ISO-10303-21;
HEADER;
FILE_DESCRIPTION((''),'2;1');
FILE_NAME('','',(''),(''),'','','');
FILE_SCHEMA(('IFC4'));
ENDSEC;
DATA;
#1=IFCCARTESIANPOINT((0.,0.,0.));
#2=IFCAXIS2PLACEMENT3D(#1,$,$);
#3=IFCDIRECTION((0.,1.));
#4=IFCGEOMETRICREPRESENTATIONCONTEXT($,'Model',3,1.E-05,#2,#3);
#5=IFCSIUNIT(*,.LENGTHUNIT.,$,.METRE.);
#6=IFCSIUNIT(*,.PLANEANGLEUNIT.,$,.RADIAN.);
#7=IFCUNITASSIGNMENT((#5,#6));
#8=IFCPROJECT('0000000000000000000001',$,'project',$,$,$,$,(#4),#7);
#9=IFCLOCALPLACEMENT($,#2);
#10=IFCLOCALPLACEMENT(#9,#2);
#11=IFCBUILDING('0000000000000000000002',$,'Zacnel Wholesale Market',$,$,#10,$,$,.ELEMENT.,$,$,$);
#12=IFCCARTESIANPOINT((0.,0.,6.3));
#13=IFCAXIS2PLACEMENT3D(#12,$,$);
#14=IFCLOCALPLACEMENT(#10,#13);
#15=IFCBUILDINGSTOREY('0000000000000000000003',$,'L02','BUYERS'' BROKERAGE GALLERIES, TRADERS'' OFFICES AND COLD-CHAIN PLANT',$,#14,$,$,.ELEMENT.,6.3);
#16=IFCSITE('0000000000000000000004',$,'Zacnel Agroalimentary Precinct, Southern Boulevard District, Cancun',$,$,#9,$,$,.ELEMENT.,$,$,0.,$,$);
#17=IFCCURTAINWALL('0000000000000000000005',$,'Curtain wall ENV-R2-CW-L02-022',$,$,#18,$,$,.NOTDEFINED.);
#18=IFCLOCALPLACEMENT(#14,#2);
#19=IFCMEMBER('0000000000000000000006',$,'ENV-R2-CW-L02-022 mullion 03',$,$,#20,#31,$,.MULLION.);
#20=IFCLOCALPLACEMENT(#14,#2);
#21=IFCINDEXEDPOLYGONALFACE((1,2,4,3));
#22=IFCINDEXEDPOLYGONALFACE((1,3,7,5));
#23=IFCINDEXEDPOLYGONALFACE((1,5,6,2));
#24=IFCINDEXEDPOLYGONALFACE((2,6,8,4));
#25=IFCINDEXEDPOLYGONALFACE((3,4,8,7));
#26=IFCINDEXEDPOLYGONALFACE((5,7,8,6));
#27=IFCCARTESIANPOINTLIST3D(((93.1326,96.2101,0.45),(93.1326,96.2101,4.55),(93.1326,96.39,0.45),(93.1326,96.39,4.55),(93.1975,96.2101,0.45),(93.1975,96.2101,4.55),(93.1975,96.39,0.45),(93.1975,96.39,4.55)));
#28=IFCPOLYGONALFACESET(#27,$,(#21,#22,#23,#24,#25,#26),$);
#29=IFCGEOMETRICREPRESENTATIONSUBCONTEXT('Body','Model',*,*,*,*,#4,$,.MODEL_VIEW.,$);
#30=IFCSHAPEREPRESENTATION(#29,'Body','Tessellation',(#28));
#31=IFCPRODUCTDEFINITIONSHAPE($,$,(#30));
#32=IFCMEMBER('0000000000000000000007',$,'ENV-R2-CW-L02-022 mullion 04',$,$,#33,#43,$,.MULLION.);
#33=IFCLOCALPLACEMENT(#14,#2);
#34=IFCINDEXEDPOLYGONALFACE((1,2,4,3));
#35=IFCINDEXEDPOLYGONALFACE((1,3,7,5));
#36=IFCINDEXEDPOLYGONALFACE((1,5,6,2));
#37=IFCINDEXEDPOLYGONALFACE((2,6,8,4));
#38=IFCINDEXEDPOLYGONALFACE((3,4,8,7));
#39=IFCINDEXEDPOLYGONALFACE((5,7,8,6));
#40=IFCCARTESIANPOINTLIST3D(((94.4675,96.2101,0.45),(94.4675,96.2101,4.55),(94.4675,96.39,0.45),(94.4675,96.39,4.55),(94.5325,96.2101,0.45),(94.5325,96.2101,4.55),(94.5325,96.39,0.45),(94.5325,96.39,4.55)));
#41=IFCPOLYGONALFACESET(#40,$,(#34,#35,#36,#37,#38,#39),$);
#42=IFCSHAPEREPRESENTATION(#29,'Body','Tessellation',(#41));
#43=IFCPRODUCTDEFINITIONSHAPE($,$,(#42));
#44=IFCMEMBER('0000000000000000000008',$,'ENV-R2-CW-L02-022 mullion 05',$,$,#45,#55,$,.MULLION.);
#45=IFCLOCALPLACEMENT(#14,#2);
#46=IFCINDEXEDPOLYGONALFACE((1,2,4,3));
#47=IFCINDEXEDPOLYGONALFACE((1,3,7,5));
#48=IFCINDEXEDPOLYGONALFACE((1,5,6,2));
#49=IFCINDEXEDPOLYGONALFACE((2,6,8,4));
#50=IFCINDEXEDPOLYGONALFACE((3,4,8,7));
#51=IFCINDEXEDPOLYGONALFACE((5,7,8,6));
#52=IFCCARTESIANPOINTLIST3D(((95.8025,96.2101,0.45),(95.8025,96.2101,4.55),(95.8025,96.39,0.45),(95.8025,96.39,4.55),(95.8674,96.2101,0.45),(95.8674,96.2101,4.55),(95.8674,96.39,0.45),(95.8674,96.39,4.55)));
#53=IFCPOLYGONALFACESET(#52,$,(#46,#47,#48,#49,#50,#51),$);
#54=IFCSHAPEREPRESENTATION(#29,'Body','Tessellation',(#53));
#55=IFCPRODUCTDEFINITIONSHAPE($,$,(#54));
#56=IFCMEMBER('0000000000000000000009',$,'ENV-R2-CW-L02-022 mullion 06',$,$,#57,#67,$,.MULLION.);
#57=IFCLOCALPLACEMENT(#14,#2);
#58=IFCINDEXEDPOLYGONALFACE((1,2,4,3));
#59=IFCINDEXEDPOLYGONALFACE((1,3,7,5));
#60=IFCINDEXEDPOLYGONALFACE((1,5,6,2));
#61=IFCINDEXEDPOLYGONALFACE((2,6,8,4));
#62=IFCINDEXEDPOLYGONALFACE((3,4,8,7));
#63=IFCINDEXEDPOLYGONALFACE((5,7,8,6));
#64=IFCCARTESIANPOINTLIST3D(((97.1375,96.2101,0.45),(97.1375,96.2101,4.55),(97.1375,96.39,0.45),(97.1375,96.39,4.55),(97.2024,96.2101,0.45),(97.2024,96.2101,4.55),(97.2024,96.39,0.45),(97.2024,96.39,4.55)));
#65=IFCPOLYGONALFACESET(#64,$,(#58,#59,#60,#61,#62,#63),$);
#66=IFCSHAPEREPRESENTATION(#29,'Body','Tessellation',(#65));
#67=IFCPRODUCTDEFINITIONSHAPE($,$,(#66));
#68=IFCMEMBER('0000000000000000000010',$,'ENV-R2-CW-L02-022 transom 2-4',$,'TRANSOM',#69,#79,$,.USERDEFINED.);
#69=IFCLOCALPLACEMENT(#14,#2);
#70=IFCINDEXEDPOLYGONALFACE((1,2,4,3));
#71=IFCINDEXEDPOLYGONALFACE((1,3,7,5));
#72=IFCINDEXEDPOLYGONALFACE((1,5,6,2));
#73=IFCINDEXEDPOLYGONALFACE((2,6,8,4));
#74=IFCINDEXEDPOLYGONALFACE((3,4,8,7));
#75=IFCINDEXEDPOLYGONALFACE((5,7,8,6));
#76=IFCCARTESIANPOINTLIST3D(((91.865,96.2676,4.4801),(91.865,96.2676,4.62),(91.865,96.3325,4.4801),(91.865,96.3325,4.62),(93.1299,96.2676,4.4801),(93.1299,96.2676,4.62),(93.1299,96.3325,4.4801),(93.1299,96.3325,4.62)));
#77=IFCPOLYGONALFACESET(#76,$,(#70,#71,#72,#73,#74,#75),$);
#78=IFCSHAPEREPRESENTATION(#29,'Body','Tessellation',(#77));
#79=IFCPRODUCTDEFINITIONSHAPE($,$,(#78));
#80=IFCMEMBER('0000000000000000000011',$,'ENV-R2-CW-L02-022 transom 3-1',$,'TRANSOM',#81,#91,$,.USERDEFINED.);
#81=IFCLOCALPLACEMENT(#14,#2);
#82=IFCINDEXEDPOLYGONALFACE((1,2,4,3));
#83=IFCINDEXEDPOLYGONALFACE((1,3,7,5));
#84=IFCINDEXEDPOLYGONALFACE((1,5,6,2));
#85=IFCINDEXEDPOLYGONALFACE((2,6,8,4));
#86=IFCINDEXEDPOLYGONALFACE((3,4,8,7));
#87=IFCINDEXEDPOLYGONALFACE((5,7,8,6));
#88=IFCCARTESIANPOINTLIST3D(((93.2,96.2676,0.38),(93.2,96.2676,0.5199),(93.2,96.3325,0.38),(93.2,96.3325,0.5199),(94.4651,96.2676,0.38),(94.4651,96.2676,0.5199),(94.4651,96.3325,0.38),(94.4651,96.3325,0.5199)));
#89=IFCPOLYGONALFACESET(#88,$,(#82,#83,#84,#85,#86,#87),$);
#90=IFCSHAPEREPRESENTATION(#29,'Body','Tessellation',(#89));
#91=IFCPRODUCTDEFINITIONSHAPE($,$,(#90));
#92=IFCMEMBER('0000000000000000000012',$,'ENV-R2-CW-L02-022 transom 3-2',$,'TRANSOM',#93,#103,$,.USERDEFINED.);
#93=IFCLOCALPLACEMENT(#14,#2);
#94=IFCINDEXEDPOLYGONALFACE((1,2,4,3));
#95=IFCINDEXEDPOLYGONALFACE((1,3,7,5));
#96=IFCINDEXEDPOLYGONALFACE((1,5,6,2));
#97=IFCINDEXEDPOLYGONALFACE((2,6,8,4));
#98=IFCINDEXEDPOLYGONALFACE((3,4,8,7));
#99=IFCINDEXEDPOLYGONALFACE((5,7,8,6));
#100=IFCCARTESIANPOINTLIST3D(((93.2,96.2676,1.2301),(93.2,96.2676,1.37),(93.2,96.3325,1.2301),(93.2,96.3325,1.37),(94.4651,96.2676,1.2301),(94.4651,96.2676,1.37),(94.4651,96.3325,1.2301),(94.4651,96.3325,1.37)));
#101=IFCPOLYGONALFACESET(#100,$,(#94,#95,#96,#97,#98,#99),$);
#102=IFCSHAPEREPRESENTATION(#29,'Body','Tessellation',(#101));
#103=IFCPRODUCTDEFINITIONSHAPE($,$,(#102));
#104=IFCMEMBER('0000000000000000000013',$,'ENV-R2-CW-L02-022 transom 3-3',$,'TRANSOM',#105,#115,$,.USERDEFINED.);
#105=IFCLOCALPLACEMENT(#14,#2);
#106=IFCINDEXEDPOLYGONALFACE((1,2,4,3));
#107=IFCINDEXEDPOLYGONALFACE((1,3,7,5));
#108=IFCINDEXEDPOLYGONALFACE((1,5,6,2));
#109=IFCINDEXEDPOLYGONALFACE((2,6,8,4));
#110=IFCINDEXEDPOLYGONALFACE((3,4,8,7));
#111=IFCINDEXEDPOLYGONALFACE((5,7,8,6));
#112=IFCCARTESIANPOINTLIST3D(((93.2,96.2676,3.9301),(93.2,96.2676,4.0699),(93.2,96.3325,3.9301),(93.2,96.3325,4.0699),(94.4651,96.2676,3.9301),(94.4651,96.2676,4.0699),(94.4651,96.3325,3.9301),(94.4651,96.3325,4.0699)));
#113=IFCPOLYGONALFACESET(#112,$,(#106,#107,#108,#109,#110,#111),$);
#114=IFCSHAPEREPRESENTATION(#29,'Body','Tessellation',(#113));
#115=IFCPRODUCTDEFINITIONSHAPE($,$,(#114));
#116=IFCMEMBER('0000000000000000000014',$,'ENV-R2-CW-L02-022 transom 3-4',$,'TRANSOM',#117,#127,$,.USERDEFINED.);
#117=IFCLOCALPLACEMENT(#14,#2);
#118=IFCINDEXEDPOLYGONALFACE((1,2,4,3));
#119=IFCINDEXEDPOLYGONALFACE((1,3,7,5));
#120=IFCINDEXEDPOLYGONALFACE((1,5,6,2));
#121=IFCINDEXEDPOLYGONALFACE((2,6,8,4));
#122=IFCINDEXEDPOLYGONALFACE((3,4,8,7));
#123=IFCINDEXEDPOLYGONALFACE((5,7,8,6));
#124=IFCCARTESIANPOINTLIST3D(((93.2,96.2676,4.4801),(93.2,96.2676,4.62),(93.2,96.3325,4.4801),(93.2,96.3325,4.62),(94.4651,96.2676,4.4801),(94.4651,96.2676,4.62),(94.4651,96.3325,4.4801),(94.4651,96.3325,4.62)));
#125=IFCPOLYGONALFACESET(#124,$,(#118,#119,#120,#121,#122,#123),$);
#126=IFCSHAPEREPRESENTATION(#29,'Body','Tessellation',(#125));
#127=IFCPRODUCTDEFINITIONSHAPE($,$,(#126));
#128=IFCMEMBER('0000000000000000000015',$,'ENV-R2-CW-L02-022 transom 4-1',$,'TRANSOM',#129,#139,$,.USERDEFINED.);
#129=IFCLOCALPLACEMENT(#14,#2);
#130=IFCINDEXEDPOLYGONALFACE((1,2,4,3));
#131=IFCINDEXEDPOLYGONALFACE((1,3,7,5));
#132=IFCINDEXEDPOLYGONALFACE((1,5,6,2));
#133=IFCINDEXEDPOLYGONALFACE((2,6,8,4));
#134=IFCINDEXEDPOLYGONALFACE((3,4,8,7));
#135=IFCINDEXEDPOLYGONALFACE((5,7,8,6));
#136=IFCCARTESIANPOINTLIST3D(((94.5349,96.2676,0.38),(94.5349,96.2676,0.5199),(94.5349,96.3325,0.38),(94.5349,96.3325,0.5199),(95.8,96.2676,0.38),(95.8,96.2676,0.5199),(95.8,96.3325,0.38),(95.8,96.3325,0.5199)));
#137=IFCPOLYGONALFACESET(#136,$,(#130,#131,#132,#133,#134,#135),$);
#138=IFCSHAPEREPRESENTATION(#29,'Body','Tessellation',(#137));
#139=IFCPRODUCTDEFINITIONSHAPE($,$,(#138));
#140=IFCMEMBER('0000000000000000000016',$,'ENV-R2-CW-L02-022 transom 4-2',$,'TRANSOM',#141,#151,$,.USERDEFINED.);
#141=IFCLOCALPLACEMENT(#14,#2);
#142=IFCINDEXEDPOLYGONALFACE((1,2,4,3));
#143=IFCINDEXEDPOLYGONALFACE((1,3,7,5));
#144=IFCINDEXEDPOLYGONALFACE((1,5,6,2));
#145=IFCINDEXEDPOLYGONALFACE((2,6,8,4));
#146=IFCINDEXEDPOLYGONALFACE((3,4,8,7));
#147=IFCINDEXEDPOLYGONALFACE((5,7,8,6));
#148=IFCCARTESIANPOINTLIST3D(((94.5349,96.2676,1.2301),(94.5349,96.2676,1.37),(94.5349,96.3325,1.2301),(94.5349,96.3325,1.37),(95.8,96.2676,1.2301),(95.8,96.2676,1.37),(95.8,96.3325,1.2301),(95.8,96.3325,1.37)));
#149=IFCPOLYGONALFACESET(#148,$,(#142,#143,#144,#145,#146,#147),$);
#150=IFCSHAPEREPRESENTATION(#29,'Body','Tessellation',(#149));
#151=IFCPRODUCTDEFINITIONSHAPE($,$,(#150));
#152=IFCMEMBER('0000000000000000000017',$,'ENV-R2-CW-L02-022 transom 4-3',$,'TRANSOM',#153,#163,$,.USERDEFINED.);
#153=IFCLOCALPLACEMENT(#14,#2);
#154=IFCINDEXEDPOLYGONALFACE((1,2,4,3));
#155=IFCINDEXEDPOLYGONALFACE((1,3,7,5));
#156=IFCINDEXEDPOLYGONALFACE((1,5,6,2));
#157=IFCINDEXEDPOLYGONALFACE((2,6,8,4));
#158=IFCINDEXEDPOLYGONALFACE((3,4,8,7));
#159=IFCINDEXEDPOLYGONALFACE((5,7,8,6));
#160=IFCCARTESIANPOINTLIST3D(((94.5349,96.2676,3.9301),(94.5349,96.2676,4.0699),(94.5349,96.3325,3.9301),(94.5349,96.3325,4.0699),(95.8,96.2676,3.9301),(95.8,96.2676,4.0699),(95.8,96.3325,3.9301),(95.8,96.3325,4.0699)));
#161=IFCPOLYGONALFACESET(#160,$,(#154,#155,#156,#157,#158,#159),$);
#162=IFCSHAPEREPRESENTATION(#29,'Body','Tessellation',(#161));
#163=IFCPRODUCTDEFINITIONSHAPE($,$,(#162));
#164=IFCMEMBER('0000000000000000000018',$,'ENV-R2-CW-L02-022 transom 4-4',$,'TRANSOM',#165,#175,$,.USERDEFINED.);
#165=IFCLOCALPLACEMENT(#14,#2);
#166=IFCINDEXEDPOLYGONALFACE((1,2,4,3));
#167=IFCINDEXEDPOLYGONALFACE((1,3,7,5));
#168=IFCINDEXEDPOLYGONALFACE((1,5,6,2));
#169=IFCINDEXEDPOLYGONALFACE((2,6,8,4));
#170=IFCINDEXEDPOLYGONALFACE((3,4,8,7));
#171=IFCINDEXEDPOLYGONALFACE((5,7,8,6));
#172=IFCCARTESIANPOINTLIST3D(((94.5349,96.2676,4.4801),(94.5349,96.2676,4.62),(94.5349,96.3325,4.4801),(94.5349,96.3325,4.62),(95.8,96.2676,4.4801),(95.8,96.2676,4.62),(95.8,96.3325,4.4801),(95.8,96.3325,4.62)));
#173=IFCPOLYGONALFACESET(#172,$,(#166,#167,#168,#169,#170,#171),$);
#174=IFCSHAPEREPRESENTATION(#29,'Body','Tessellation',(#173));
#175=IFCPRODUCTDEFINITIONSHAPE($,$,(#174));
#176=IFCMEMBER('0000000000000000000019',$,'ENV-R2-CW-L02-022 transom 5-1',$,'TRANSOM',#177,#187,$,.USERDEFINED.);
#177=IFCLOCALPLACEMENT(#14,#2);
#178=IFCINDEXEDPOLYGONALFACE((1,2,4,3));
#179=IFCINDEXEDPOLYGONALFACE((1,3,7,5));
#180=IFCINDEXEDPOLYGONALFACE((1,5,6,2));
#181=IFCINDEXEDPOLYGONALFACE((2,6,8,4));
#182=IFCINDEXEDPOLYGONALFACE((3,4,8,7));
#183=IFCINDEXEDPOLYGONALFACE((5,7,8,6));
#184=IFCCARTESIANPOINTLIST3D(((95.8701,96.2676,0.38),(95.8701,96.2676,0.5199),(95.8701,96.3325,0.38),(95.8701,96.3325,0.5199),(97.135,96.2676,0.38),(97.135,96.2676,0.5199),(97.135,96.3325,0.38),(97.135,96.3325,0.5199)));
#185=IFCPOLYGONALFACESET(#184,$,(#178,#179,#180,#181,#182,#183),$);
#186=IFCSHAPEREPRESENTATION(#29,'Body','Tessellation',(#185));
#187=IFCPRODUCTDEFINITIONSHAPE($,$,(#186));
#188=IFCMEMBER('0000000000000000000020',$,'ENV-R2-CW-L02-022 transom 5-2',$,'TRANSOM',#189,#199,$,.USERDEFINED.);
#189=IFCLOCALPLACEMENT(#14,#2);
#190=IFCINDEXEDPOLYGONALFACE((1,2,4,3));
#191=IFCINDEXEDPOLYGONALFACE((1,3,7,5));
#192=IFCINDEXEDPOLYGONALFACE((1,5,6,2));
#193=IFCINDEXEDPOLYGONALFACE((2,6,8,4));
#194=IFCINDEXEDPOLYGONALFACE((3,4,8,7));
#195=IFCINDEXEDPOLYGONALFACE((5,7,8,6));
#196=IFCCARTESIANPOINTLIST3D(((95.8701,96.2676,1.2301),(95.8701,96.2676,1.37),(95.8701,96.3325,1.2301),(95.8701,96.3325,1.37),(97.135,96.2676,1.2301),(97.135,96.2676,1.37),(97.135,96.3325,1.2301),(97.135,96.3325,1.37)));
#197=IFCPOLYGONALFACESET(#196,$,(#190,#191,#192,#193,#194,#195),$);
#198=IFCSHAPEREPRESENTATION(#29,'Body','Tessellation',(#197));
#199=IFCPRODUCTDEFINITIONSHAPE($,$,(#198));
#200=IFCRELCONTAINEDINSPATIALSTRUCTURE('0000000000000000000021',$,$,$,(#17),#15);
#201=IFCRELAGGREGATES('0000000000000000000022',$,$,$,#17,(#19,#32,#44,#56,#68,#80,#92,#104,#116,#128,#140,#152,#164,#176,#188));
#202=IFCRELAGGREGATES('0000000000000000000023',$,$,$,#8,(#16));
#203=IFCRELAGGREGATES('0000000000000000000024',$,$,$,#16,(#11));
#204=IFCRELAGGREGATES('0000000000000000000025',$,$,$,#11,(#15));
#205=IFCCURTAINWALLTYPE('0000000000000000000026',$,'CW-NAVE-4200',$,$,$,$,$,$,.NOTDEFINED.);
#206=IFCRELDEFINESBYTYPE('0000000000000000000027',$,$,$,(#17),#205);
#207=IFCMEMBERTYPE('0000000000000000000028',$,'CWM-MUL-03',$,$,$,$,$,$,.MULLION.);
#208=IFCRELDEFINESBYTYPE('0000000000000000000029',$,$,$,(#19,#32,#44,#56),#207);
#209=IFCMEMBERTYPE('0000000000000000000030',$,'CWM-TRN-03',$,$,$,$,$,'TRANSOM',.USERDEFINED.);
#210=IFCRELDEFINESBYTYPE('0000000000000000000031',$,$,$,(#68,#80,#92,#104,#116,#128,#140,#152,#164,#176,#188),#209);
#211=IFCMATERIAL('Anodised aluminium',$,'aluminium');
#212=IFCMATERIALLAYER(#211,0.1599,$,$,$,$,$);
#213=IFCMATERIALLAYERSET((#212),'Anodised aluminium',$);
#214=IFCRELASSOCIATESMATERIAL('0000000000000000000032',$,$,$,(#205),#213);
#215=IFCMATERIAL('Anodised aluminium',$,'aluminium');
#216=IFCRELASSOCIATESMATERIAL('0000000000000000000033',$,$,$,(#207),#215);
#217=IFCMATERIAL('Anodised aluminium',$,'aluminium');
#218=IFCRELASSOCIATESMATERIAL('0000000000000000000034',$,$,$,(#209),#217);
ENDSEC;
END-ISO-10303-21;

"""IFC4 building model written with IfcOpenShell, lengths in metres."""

from ifc_helpers import new_model, si_unit, direction, frame, origin, origin_2d, place, context, subcontext, project, spatial, rectangle, extrude, material, layer, layer_set, material_profile, profile_set, type_object, element, aggregate, save


model = new_model("IFC4")

# Units and contexts
model_context = context("Model", 3, precision=1e-05, world=origin(), true_north=direction((0.0, 1.0)))
body_context = subcontext(model_context, "Body", "Model", "MODEL_VIEW")
ifc_project = project(units=[si_unit("LENGTHUNIT", "METRE"), si_unit("PLANEANGLEUNIT", "RADIAN")], contexts=[model_context])

# Site, building, storey
site_placement = place(None, origin())
site = spatial("IfcSite", under=ifc_project, at=site_placement, Name="Zacnel Agroalimentary Precinct, Southern Boulevard District, Cancun", CompositionType="ELEMENT", RefElevation=0.0)
building_placement = place(site_placement, origin())
building = spatial("IfcBuilding", under=site, at=building_placement, Name="Zacnel Wholesale Market", CompositionType="ELEMENT")
storey_placement = place(building_placement, frame((0.0, 0.0, 6.3)))
storey = spatial("IfcBuildingStorey", under=building, at=storey_placement, Name="L02", Description="BUYERS' BROKERAGE GALLERIES, TRADERS' OFFICES AND COLD-CHAIN PLANT", CompositionType="ELEMENT", Elevation=6.3)

# Curtain wall, members
ifc_material_1 = material(Name="Anodised aluminium", Category="aluminium")
ifc_layer_1 = layer(ifc_material_1, 0.1599)
ifc_layer_set_1 = layer_set([ifc_layer_1], Name="Anodised aluminium")
curtain_wall_type = type_object("IfcCurtainWallType", Name="CW-NAVE-4200", PredefinedType="NOTDEFINED", material=ifc_layer_set_1)
curtain_wall_placement = place(storey_placement, origin())
curtain_wall = element("IfcCurtainWall", 1, at=curtain_wall_placement, inside=storey, type_object=curtain_wall_type, Name="Curtain wall ENV-R2-CW-L02-022", PredefinedType="NOTDEFINED")
ifc_material_2 = material(Name="Anodised aluminium", Category="aluminium")
ifc_material_profile_1 = material_profile(ifc_material_2, rectangle(XDim=0.0649, YDim=0.1799, at=origin_2d()), Name="AW-MULLION 65x180")
ifc_profile_set_1 = profile_set([ifc_material_profile_1], Name="Anodised aluminium")
member_type_1 = type_object("IfcMemberType", Name="CWM-MUL-03", PredefinedType="MULLION", material=ifc_profile_set_1)
member_1_placement = place(storey_placement, frame((93.165, 96.3, 0.45), z_axis=(0.0, 0.0, 1.0), x_axis=(1.0, 0.0, 0.0)))
member_1 = element("IfcMember", 2, at=member_1_placement, type_object=member_type_1, Name="ENV-R2-CW-L02-022 mullion 03", PredefinedType="MULLION", context=body_context, shape_type="SweptSolid", body=[
    extrude(rectangle(XDim=0.0649, YDim=0.1799, at=origin_2d()), origin(), (0.0, 0.0, 1.0), 4.1001),
])
member_2_placement = place(storey_placement, frame((94.5, 96.3, 0.45), z_axis=(0.0, 0.0, 1.0), x_axis=(1.0, 0.0, 0.0)))
member_2 = element("IfcMember", 3, at=member_2_placement, type_object=member_type_1, Name="ENV-R2-CW-L02-022 mullion 04", PredefinedType="MULLION", context=body_context, shape_type="SweptSolid", body=[
    extrude(rectangle(XDim=0.0649, YDim=0.1799, at=origin_2d()), origin(), (0.0, 0.0, 1.0), 4.1001),
])
member_3_placement = place(storey_placement, frame((95.835, 96.3, 0.45), z_axis=(0.0, 0.0, 1.0), x_axis=(1.0, 0.0, 0.0)))
member_3 = element("IfcMember", 4, at=member_3_placement, type_object=member_type_1, Name="ENV-R2-CW-L02-022 mullion 05", PredefinedType="MULLION", context=body_context, shape_type="SweptSolid", body=[
    extrude(rectangle(XDim=0.0649, YDim=0.1799, at=origin_2d()), origin(), (0.0, 0.0, 1.0), 4.1001),
])
member_4_placement = place(storey_placement, frame((97.1699, 96.3, 0.45), z_axis=(0.0, 0.0, 1.0), x_axis=(1.0, 0.0, 0.0)))
member_4 = element("IfcMember", 5, at=member_4_placement, type_object=member_type_1, Name="ENV-R2-CW-L02-022 mullion 06", PredefinedType="MULLION", context=body_context, shape_type="SweptSolid", body=[
    extrude(rectangle(XDim=0.0649, YDim=0.1799, at=origin_2d()), origin(), (0.0, 0.0, 1.0), 4.1001),
])
ifc_material_3 = material(Name="Anodised aluminium", Category="aluminium")
ifc_material_profile_2 = material_profile(ifc_material_3, rectangle(XDim=0.0649, YDim=0.1399, at=origin_2d()), Name="AW-TRANSOM 65x140")
ifc_profile_set_2 = profile_set([ifc_material_profile_2], Name="Anodised aluminium")
member_type_2 = type_object("IfcMemberType", Name="CWM-TRN-03", ElementType="TRANSOM", PredefinedType="USERDEFINED", material=ifc_profile_set_2)
member_5_placement = place(storey_placement, frame((91.865, 96.3, 4.55), z_axis=(1.0, 0.0, 0.0), x_axis=(0.0, 1.0, 0.0)))
member_5 = element("IfcMember", 6, at=member_5_placement, type_object=member_type_2, Name="ENV-R2-CW-L02-022 transom 2-4", ObjectType="TRANSOM", PredefinedType="USERDEFINED", context=body_context, shape_type="SweptSolid", body=[
    extrude(rectangle(XDim=0.0649, YDim=0.1399, at=origin_2d()), origin(), (0.0, 0.0, 1.0), 1.2649),
])
member_6_placement = place(storey_placement, frame((93.2, 96.3, 0.45), z_axis=(1.0, 0.0, 0.0), x_axis=(0.0, 1.0, 0.0)))
member_6 = element("IfcMember", 7, at=member_6_placement, type_object=member_type_2, Name="ENV-R2-CW-L02-022 transom 3-1", ObjectType="TRANSOM", PredefinedType="USERDEFINED", context=body_context, shape_type="SweptSolid", body=[
    extrude(rectangle(XDim=0.0649, YDim=0.1399, at=origin_2d()), origin(), (0.0, 0.0, 1.0), 1.2651),
])
member_7_placement = place(storey_placement, frame((93.2, 96.3, 1.3), z_axis=(1.0, 0.0, 0.0), x_axis=(0.0, 1.0, 0.0)))
member_7 = element("IfcMember", 8, at=member_7_placement, type_object=member_type_2, Name="ENV-R2-CW-L02-022 transom 3-2", ObjectType="TRANSOM", PredefinedType="USERDEFINED", context=body_context, shape_type="SweptSolid", body=[
    extrude(rectangle(XDim=0.0649, YDim=0.1399, at=origin_2d()), origin(), (0.0, 0.0, 1.0), 1.2651),
])
member_8_placement = place(storey_placement, frame((93.2, 96.3, 4.0), z_axis=(1.0, 0.0, 0.0), x_axis=(0.0, 1.0, 0.0)))
member_8 = element("IfcMember", 9, at=member_8_placement, type_object=member_type_2, Name="ENV-R2-CW-L02-022 transom 3-3", ObjectType="TRANSOM", PredefinedType="USERDEFINED", context=body_context, shape_type="SweptSolid", body=[
    extrude(rectangle(XDim=0.0649, YDim=0.1399, at=origin_2d()), origin(), (0.0, 0.0, 1.0), 1.2651),
])
member_9_placement = place(storey_placement, frame((93.2, 96.3, 4.55), z_axis=(1.0, 0.0, 0.0), x_axis=(0.0, 1.0, 0.0)))
member_9 = element("IfcMember", 10, at=member_9_placement, type_object=member_type_2, Name="ENV-R2-CW-L02-022 transom 3-4", ObjectType="TRANSOM", PredefinedType="USERDEFINED", context=body_context, shape_type="SweptSolid", body=[
    extrude(rectangle(XDim=0.0649, YDim=0.1399, at=origin_2d()), origin(), (0.0, 0.0, 1.0), 1.2651),
])
member_10_placement = place(storey_placement, frame((94.5349, 96.3, 0.45), z_axis=(1.0, 0.0, 0.0), x_axis=(0.0, 1.0, 0.0)))
member_10 = element("IfcMember", 11, at=member_10_placement, type_object=member_type_2, Name="ENV-R2-CW-L02-022 transom 4-1", ObjectType="TRANSOM", PredefinedType="USERDEFINED", context=body_context, shape_type="SweptSolid", body=[
    extrude(rectangle(XDim=0.0649, YDim=0.1399, at=origin_2d()), origin(), (0.0, 0.0, 1.0), 1.2651),
])
member_11_placement = place(storey_placement, frame((94.5349, 96.3, 1.3), z_axis=(1.0, 0.0, 0.0), x_axis=(0.0, 1.0, 0.0)))
member_11 = element("IfcMember", 12, at=member_11_placement, type_object=member_type_2, Name="ENV-R2-CW-L02-022 transom 4-2", ObjectType="TRANSOM", PredefinedType="USERDEFINED", context=body_context, shape_type="SweptSolid", body=[
    extrude(rectangle(XDim=0.0649, YDim=0.1399, at=origin_2d()), origin(), (0.0, 0.0, 1.0), 1.2651),
])
member_12_placement = place(storey_placement, frame((94.5349, 96.3, 4.0), z_axis=(1.0, 0.0, 0.0), x_axis=(0.0, 1.0, 0.0)))
member_12 = element("IfcMember", 13, at=member_12_placement, type_object=member_type_2, Name="ENV-R2-CW-L02-022 transom 4-3", ObjectType="TRANSOM", PredefinedType="USERDEFINED", context=body_context, shape_type="SweptSolid", body=[
    extrude(rectangle(XDim=0.0649, YDim=0.1399, at=origin_2d()), origin(), (0.0, 0.0, 1.0), 1.2651),
])
member_13_placement = place(storey_placement, frame((94.5349, 96.3, 4.55), z_axis=(1.0, 0.0, 0.0), x_axis=(0.0, 1.0, 0.0)))
member_13 = element("IfcMember", 14, at=member_13_placement, type_object=member_type_2, Name="ENV-R2-CW-L02-022 transom 4-4", ObjectType="TRANSOM", PredefinedType="USERDEFINED", context=body_context, shape_type="SweptSolid", body=[
    extrude(rectangle(XDim=0.0649, YDim=0.1399, at=origin_2d()), origin(), (0.0, 0.0, 1.0), 1.2651),
])
member_14_placement = place(storey_placement, frame((95.8701, 96.3, 0.45), z_axis=(1.0, 0.0, 0.0), x_axis=(0.0, 1.0, 0.0)))
member_14 = element("IfcMember", 15, at=member_14_placement, type_object=member_type_2, Name="ENV-R2-CW-L02-022 transom 5-1", ObjectType="TRANSOM", PredefinedType="USERDEFINED", context=body_context, shape_type="SweptSolid", body=[
    extrude(rectangle(XDim=0.0649, YDim=0.1399, at=origin_2d()), origin(), (0.0, 0.0, 1.0), 1.2649),
])
member_15_placement = place(storey_placement, frame((95.8701, 96.3, 1.3), z_axis=(1.0, 0.0, 0.0), x_axis=(0.0, 1.0, 0.0)))
member_15 = element("IfcMember", 16, at=member_15_placement, type_object=member_type_2, Name="ENV-R2-CW-L02-022 transom 5-2", ObjectType="TRANSOM", PredefinedType="USERDEFINED", context=body_context, shape_type="SweptSolid", body=[
    extrude(rectangle(XDim=0.0649, YDim=0.1399, at=origin_2d()), origin(), (0.0, 0.0, 1.0), 1.2649),
])
aggregate(curtain_wall, [member_1, member_2, member_3, member_4, member_5, member_6, member_7, member_8, member_9, member_10, member_11, member_12, member_13, member_14, member_15])

save(model, "model.ifc")
